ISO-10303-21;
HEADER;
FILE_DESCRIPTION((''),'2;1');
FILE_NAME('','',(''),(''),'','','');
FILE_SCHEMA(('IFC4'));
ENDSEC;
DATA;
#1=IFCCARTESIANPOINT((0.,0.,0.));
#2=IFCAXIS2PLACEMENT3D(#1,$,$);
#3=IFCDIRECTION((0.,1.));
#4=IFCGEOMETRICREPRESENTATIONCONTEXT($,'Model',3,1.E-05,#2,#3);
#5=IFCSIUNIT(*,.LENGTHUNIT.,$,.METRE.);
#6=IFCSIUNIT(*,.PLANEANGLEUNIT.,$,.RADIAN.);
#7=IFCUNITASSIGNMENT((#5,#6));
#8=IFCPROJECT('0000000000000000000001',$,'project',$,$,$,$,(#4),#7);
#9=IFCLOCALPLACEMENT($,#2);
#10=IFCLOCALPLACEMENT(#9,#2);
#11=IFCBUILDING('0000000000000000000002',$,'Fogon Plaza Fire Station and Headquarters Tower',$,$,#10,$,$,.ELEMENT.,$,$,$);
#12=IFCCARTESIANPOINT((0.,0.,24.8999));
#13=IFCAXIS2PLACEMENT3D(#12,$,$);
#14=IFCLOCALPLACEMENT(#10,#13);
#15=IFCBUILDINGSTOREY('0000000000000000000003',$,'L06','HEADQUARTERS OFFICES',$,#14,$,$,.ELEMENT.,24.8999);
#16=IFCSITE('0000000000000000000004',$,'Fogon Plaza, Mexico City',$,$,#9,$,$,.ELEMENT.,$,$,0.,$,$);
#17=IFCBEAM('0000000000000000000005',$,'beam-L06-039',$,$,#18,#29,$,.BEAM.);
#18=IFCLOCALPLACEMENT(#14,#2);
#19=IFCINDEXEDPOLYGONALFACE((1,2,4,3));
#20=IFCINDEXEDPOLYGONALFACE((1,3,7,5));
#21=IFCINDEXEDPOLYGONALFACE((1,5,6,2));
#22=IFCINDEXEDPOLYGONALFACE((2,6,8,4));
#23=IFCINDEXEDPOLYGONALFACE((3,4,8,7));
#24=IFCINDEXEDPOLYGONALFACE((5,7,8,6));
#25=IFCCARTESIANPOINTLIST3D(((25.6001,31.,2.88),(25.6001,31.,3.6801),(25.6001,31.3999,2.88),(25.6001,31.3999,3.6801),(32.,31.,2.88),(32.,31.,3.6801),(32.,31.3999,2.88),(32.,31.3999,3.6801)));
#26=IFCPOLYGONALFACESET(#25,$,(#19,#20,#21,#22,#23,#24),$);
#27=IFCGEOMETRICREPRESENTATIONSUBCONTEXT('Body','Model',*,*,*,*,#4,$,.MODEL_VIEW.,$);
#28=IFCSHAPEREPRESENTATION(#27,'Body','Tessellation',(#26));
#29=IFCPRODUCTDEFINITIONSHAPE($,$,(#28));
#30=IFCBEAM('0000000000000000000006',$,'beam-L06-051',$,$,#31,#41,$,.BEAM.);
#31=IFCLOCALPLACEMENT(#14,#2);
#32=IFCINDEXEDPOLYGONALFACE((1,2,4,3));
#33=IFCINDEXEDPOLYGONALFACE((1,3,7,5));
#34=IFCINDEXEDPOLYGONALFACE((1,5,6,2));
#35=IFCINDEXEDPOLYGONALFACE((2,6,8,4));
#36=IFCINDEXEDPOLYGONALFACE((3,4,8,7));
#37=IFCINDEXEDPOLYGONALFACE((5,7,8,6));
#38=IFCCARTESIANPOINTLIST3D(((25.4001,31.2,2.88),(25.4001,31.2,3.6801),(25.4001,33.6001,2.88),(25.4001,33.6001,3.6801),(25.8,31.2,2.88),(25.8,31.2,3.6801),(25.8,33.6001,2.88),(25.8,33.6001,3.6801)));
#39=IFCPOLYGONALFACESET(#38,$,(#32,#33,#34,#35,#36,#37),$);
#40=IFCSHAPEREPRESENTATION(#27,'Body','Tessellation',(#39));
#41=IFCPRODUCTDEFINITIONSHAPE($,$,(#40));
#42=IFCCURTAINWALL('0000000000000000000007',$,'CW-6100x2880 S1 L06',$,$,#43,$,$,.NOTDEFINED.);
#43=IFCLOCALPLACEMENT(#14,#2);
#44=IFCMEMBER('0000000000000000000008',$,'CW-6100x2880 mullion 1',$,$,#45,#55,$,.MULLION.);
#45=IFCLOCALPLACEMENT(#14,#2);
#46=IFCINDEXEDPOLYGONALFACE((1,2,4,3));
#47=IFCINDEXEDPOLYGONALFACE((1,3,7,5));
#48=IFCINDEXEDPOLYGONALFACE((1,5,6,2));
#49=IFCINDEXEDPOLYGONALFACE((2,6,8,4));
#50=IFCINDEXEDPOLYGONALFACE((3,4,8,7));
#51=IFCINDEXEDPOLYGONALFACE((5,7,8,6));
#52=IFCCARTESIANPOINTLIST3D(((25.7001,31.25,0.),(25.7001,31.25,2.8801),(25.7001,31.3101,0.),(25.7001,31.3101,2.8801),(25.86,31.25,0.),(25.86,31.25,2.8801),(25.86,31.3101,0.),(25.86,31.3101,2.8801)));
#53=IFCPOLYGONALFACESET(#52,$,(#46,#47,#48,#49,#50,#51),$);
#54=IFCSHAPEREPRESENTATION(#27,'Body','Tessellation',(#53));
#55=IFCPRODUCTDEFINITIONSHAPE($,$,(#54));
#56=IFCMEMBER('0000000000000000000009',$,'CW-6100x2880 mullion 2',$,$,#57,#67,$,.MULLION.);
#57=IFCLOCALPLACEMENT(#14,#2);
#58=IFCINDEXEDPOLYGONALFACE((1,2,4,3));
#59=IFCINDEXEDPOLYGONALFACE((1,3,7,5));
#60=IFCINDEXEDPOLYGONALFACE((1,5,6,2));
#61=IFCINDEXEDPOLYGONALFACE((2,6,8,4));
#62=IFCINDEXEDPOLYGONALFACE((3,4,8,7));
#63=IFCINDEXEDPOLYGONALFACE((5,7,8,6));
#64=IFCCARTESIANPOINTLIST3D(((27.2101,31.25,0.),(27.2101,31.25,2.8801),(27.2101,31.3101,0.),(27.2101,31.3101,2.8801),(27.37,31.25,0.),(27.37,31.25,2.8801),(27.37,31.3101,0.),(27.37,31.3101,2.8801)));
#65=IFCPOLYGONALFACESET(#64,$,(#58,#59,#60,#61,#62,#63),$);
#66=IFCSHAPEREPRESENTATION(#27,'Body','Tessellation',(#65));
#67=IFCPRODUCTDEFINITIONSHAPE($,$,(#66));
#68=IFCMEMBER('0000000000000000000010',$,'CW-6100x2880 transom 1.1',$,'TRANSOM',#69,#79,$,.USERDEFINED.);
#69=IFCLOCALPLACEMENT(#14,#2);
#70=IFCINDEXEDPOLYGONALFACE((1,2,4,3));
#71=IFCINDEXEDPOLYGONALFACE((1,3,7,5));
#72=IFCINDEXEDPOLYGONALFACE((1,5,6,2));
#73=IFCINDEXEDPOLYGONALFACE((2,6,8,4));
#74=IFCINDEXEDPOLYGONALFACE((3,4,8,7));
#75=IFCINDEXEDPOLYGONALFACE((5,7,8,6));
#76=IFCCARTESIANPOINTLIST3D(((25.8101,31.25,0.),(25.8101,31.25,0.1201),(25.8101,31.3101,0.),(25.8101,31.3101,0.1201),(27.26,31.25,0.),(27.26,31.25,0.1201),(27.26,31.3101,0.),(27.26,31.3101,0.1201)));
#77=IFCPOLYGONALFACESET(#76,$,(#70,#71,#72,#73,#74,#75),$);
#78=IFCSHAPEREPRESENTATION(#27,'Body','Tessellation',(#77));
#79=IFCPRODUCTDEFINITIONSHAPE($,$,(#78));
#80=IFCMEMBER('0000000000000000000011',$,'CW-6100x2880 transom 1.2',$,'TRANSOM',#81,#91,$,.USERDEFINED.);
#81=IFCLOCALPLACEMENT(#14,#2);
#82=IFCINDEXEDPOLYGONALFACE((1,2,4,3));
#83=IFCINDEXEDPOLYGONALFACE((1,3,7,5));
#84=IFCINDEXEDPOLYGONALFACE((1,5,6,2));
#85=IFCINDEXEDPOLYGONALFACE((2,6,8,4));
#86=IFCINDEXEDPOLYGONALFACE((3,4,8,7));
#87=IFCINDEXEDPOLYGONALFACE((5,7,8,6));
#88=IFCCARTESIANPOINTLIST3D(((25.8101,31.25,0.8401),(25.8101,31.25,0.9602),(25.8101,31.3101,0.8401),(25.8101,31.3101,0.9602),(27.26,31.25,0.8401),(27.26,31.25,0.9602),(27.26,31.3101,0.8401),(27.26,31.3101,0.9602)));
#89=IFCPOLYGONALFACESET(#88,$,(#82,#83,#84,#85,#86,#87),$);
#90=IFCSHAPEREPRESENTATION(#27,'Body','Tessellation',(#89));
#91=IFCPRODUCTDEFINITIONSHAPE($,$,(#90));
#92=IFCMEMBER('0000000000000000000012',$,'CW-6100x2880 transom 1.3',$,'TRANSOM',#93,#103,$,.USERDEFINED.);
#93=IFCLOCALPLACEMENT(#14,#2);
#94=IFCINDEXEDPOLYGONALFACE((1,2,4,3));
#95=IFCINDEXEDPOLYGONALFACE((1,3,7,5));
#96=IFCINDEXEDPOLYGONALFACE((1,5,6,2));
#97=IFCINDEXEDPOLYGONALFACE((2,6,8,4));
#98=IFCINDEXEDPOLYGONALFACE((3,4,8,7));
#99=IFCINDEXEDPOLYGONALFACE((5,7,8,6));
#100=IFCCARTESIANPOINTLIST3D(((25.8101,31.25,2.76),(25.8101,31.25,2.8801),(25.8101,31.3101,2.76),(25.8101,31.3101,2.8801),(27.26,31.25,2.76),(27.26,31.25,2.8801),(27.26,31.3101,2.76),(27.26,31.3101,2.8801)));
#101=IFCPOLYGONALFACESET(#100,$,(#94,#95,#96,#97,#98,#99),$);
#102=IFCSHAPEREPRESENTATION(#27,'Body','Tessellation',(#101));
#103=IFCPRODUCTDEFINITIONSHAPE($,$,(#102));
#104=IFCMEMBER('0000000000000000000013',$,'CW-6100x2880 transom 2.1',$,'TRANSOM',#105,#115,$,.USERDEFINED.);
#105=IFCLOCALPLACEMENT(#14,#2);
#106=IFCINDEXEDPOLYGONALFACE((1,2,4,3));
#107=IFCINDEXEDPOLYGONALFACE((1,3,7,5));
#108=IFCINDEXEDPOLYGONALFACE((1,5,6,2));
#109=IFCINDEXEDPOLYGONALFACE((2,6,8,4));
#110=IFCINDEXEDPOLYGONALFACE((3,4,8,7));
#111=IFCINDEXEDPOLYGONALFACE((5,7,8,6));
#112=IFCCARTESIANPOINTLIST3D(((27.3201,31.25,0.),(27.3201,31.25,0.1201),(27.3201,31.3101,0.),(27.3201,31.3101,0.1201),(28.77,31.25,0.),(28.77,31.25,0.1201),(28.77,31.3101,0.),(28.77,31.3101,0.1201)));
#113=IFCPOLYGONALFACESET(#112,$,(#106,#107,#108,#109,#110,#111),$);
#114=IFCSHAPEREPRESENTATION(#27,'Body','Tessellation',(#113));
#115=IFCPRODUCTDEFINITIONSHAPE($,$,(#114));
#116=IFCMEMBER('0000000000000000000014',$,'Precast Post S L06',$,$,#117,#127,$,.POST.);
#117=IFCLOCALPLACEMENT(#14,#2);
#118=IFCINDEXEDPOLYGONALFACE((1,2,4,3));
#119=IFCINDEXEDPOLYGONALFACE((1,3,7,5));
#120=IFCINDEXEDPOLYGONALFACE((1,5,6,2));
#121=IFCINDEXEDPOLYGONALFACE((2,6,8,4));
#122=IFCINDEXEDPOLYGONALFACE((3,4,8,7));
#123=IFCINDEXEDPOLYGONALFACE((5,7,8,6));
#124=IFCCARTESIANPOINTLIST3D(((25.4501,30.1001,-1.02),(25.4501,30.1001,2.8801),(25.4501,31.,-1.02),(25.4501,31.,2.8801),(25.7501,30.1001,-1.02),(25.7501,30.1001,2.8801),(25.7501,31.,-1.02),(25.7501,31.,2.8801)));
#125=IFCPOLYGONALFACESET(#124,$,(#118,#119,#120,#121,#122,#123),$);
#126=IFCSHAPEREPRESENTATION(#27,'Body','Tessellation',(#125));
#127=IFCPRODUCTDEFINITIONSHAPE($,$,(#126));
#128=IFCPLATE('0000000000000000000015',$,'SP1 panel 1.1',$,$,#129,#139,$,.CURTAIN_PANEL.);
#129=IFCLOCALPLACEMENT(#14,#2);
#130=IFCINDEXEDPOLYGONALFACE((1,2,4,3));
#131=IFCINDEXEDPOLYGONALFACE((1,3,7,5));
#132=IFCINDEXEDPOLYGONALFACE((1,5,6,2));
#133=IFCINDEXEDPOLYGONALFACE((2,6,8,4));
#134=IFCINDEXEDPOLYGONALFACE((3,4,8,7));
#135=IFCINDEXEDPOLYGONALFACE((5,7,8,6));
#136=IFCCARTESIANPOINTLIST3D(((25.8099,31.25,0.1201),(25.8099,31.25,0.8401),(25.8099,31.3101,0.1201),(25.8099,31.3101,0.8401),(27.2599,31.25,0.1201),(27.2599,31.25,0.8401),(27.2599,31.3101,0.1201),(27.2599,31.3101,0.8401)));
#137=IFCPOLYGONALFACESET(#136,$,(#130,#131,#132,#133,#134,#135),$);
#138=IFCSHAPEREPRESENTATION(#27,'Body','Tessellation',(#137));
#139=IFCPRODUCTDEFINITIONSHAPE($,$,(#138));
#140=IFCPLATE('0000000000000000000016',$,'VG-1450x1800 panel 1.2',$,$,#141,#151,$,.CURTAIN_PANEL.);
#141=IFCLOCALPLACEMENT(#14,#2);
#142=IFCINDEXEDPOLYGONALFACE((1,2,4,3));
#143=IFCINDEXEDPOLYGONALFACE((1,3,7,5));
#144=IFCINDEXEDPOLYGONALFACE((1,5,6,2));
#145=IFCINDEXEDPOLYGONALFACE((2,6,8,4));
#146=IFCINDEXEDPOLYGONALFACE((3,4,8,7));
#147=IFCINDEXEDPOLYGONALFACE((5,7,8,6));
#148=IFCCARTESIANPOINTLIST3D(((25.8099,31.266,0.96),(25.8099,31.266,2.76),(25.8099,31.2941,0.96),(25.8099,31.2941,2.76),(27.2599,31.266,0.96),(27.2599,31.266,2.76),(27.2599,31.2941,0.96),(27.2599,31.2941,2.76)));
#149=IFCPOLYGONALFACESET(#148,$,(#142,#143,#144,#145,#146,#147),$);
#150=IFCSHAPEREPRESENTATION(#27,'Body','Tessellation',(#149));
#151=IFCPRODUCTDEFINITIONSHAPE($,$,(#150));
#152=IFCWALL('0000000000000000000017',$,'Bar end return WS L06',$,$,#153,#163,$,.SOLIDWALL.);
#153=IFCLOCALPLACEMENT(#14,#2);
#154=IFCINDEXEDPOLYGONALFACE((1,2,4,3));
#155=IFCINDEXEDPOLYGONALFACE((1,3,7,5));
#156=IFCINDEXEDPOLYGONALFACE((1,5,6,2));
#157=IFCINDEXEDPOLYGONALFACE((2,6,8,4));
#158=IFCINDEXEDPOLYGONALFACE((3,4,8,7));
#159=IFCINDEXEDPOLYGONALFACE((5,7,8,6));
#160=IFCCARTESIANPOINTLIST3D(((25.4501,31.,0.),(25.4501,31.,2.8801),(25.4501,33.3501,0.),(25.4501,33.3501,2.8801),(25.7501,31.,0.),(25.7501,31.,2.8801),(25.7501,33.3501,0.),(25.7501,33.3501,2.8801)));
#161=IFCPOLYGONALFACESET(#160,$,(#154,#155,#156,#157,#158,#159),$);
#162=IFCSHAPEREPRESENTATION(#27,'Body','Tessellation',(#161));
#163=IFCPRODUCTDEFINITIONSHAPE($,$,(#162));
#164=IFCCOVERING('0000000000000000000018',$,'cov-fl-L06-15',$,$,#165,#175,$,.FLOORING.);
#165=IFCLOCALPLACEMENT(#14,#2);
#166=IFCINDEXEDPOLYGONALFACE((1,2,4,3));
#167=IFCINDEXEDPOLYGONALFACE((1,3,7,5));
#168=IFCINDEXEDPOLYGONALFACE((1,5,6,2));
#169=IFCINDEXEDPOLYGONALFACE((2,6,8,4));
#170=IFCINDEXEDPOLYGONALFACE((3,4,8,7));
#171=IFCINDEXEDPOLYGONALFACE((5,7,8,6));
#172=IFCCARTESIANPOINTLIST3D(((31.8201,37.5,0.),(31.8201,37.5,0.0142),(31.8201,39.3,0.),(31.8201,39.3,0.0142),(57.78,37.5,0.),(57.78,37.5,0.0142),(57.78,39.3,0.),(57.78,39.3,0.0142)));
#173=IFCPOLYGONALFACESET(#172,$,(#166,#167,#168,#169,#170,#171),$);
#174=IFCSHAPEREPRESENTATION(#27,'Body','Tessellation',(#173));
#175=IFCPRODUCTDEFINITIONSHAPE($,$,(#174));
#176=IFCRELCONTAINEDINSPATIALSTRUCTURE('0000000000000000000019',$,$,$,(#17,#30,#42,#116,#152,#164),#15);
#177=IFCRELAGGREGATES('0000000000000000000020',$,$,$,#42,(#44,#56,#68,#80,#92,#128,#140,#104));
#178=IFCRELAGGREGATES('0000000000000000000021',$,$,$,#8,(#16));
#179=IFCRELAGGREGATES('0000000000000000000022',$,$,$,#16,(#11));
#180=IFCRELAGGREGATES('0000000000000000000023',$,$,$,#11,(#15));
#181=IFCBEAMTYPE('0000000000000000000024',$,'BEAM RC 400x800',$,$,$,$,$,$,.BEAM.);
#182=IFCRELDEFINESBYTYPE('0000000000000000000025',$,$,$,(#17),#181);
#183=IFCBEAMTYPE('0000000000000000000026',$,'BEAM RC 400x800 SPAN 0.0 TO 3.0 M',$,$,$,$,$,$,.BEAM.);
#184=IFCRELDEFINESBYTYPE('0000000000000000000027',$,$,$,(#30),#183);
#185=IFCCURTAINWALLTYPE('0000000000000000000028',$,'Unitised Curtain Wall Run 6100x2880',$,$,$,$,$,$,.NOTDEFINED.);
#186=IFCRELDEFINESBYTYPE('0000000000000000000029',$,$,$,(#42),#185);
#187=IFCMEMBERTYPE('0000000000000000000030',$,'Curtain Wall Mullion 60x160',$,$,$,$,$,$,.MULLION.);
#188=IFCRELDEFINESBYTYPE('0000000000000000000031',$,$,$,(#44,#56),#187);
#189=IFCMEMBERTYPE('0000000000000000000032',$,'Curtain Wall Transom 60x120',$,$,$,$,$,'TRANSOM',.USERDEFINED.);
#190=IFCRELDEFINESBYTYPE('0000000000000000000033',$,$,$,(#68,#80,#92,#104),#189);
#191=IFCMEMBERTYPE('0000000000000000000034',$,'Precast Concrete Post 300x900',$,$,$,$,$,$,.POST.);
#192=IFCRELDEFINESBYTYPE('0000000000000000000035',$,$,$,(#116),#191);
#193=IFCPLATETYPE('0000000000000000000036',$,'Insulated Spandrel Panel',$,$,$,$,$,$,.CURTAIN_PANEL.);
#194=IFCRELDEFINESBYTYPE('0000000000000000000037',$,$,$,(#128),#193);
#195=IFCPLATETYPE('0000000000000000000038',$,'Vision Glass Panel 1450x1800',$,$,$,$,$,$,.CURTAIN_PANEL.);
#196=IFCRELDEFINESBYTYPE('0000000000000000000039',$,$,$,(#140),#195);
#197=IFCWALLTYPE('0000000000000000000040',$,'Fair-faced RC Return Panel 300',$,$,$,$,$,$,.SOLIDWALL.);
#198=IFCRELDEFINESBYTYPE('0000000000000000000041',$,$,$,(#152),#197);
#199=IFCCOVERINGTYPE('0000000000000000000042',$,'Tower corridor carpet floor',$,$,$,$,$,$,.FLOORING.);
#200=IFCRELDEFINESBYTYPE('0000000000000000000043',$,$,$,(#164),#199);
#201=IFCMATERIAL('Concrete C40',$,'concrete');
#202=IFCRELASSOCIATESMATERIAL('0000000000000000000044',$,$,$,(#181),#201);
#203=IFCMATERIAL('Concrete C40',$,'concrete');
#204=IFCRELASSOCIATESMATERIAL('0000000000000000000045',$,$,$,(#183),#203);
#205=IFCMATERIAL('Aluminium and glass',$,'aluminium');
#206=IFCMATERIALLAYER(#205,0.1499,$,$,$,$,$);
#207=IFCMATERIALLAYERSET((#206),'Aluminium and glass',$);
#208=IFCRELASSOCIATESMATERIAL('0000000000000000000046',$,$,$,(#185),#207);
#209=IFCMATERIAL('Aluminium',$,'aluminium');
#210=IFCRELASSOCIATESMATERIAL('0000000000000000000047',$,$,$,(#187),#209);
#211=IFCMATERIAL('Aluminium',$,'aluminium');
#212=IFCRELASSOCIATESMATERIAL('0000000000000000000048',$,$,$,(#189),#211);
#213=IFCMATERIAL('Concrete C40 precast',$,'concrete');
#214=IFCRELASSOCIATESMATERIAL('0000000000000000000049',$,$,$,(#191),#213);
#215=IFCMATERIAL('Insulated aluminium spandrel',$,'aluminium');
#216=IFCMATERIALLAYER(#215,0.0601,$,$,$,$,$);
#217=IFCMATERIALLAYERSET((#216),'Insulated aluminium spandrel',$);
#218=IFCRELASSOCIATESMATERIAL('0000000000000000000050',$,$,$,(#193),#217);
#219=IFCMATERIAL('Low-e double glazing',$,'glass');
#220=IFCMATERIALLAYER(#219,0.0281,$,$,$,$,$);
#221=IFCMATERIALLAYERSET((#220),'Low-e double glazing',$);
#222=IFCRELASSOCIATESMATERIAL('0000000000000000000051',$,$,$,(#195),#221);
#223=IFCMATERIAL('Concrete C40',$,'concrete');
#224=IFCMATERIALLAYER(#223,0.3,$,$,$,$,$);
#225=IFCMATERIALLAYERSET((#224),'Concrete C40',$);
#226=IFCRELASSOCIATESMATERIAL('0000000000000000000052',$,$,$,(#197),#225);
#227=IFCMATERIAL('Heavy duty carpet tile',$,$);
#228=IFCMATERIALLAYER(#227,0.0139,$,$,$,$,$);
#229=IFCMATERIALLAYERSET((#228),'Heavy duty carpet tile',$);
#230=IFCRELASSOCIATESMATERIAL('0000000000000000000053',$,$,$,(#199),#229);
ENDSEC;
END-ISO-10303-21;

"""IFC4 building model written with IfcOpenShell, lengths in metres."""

from ifc_helpers import new_model, si_unit, direction, frame, frame_2d, origin, origin_2d, place, context, subcontext, project, spatial, polyline, rectangle, outline, extrude, material, layer, layer_set, material_profile, profile_set, type_object, element, aggregate, save


model = new_model("IFC4")

# Units and contexts
model_context = context("Model", 3, precision=1e-05, world=origin(), true_north=direction((0.0, 1.0)))
body_context = subcontext(model_context, "Body", "Model", "MODEL_VIEW")
ifc_project = project(units=[si_unit("LENGTHUNIT", "METRE"), si_unit("PLANEANGLEUNIT", "RADIAN")], contexts=[model_context])

# Site, building, storey
site_placement = place(None, origin())
site = spatial("IfcSite", under=ifc_project, at=site_placement, Name="Fogon Plaza, Mexico City", CompositionType="ELEMENT", RefElevation=0.0)
building_placement = place(site_placement, origin())
building = spatial("IfcBuilding", under=site, at=building_placement, Name="Fogon Plaza Fire Station and Headquarters Tower", CompositionType="ELEMENT")
storey_placement = place(building_placement, frame((0.0, 0.0, 24.8999)))
storey = spatial("IfcBuildingStorey", under=building, at=storey_placement, Name="L06", Description="HEADQUARTERS OFFICES", CompositionType="ELEMENT", Elevation=24.8999)

# Beams
ifc_material_1 = material(Name="Concrete C40", Category="concrete")
ifc_material_profile_1 = material_profile(ifc_material_1, rectangle(XDim=0.3999, YDim=0.8, at=origin_2d()), Name="RC 400x800")
ifc_profile_set_1 = profile_set([ifc_material_profile_1], Name="Concrete C40")
beam_type_1 = type_object("IfcBeamType", Name="BEAM RC 400x800", PredefinedType="BEAM", material=ifc_profile_set_1)
beam_1_placement = place(storey_placement, frame((25.6001, 31.2, 3.28), z_axis=(1.0, 0.0, 0.0), x_axis=(0.0, 1.0, 0.0)))
element("IfcBeam", 1, at=beam_1_placement, inside=storey, type_object=beam_type_1, Name="beam-L06-039", PredefinedType="BEAM", context=body_context, shape_type="SweptSolid", body=[
    extrude(rectangle(XDim=0.3999, YDim=0.8, at=origin_2d()), origin(), (0.0, 0.0, 1.0), 6.3999),
])
ifc_material_2 = material(Name="Concrete C40", Category="concrete")
ifc_material_profile_2 = material_profile(ifc_material_2, rectangle(XDim=0.3999, YDim=0.8, at=origin_2d()), Name="RC 400x800")
ifc_profile_set_2 = profile_set([ifc_material_profile_2], Name="Concrete C40")
beam_type_2 = type_object("IfcBeamType", Name="BEAM RC 400x800 SPAN 0.0 TO 3.0 M", PredefinedType="BEAM", material=ifc_profile_set_2)
beam_2_placement = place(storey_placement, frame((25.6001, 31.2, 3.28), z_axis=(0.0, 1.0, 0.0), x_axis=(-1.0, 0.0, 0.0)))
element("IfcBeam", 2, at=beam_2_placement, inside=storey, type_object=beam_type_2, Name="beam-L06-051", PredefinedType="BEAM", context=body_context, shape_type="SweptSolid", body=[
    extrude(rectangle(XDim=0.3999, YDim=0.8, at=origin_2d()), origin(), (0.0, 0.0, 1.0), 2.4001),
])

# Curtain wall, members
ifc_material_3 = material(Name="Aluminium and glass", Category="aluminium")
ifc_layer_1 = layer(ifc_material_3, 0.1499)
ifc_layer_set_1 = layer_set([ifc_layer_1], Name="Aluminium and glass")
curtain_wall_type = type_object("IfcCurtainWallType", Name="Unitised Curtain Wall Run 6100x2880", PredefinedType="NOTDEFINED", material=ifc_layer_set_1)
curtain_wall_placement = place(storey_placement, origin())
curtain_wall = element("IfcCurtainWall", 3, at=curtain_wall_placement, inside=storey, type_object=curtain_wall_type, Name="CW-6100x2880 S1 L06", PredefinedType="NOTDEFINED")
ifc_material_4 = material(Name="Aluminium", Category="aluminium")
ifc_material_profile_3 = material_profile(ifc_material_4, rectangle(XDim=0.0601, YDim=0.1599, at=origin_2d()), Name="Curtain Wall Mullion 60x160")
ifc_profile_set_3 = profile_set([ifc_material_profile_3], Name="Aluminium")
member_type_1 = type_object("IfcMemberType", Name="Curtain Wall Mullion 60x160", PredefinedType="MULLION", material=ifc_profile_set_3)
member_1_placement = place(storey_placement, frame((25.78, 31.28, 0.0), z_axis=(0.0, 0.0, 1.0), x_axis=(0.0, 1.0, 0.0)))
member_1 = element("IfcMember", 4, at=member_1_placement, type_object=member_type_1, Name="CW-6100x2880 mullion 1", PredefinedType="MULLION", context=body_context, shape_type="SweptSolid", body=[
    extrude(rectangle(XDim=0.0601, YDim=0.1599, at=origin_2d()), origin(), (0.0, 0.0, 1.0), 2.8801),
])
member_2_placement = place(storey_placement, frame((27.29, 31.28, 0.0), z_axis=(0.0, 0.0, 1.0), x_axis=(0.0, 1.0, 0.0)))
member_2 = element("IfcMember", 5, at=member_2_placement, type_object=member_type_1, Name="CW-6100x2880 mullion 2", PredefinedType="MULLION", context=body_context, shape_type="SweptSolid", body=[
    extrude(rectangle(XDim=0.0601, YDim=0.1599, at=origin_2d()), origin(), (0.0, 0.0, 1.0), 2.8801),
])
ifc_material_5 = material(Name="Aluminium", Category="aluminium")
ifc_material_profile_4 = material_profile(ifc_material_5, rectangle(XDim=0.0601, YDim=0.1201, at=origin_2d()), Name="Curtain Wall Transom 60x120")
ifc_profile_set_4 = profile_set([ifc_material_profile_4], Name="Aluminium")
member_type_2 = type_object("IfcMemberType", Name="Curtain Wall Transom 60x120", ElementType="TRANSOM", PredefinedType="USERDEFINED", material=ifc_profile_set_4)
member_3_placement = place(storey_placement, frame((25.8101, 31.28, 0.0601), z_axis=(1.0, 0.0, 0.0), x_axis=(0.0, 1.0, 0.0)))
member_3 = element("IfcMember", 6, at=member_3_placement, type_object=member_type_2, Name="CW-6100x2880 transom 1.1", ObjectType="TRANSOM", PredefinedType="USERDEFINED", context=body_context, shape_type="SweptSolid", body=[
    extrude(rectangle(XDim=0.0601, YDim=0.1201, at=origin_2d()), origin(), (0.0, 0.0, 1.0), 1.45),
])
member_4_placement = place(storey_placement, frame((25.8101, 31.28, 0.9001), z_axis=(1.0, 0.0, 0.0), x_axis=(0.0, 1.0, 0.0)))
member_4 = element("IfcMember", 7, at=member_4_placement, type_object=member_type_2, Name="CW-6100x2880 transom 1.2", ObjectType="TRANSOM", PredefinedType="USERDEFINED", context=body_context, shape_type="SweptSolid", body=[
    extrude(rectangle(XDim=0.0601, YDim=0.1201, at=origin_2d()), origin(), (0.0, 0.0, 1.0), 1.45),
])
member_5_placement = place(storey_placement, frame((25.8101, 31.28, 2.8201), z_axis=(1.0, 0.0, 0.0), x_axis=(0.0, 1.0, 0.0)))
member_5 = element("IfcMember", 8, at=member_5_placement, type_object=member_type_2, Name="CW-6100x2880 transom 1.3", ObjectType="TRANSOM", PredefinedType="USERDEFINED", context=body_context, shape_type="SweptSolid", body=[
    extrude(rectangle(XDim=0.0601, YDim=0.1201, at=origin_2d()), origin(), (0.0, 0.0, 1.0), 1.45),
])
member_6_placement = place(storey_placement, frame((27.3201, 31.28, 0.0601), z_axis=(1.0, 0.0, 0.0), x_axis=(0.0, 1.0, 0.0)))
member_6 = element("IfcMember", 9, at=member_6_placement, type_object=member_type_2, Name="CW-6100x2880 transom 2.1", ObjectType="TRANSOM", PredefinedType="USERDEFINED", context=body_context, shape_type="SweptSolid", body=[
    extrude(rectangle(XDim=0.0601, YDim=0.1201, at=origin_2d()), origin(), (0.0, 0.0, 1.0), 1.45),
])

# Member
ifc_material_6 = material(Name="Concrete C40 precast", Category="concrete")
ifc_material_profile_5 = material_profile(ifc_material_6, rectangle(XDim=0.3, YDim=0.8999, at=origin_2d()), Name="Precast Concrete Post 300x900")
ifc_profile_set_5 = profile_set([ifc_material_profile_5], Name="Concrete C40 precast")
member_type_3 = type_object("IfcMemberType", Name="Precast Concrete Post 300x900", PredefinedType="POST", material=ifc_profile_set_5)
member_7_placement = place(storey_placement, frame((25.6001, 30.55, -1.02), z_axis=(0.0, 0.0, 1.0), x_axis=(1.0, 0.0, 0.0)))
element("IfcMember", 10, at=member_7_placement, inside=storey, type_object=member_type_3, Name="Precast Post S L06", PredefinedType="POST", context=body_context, shape_type="SweptSolid", body=[
    extrude(rectangle(XDim=0.3, YDim=0.8999, at=origin_2d()), origin(), (0.0, 0.0, 1.0), 3.9001),
])

# Plates
ifc_material_7 = material(Name="Insulated aluminium spandrel", Category="aluminium")
ifc_layer_2 = layer(ifc_material_7, 0.0601)
ifc_layer_set_2 = layer_set([ifc_layer_2], Name="Insulated aluminium spandrel")
plate_type_1 = type_object("IfcPlateType", Name="Insulated Spandrel Panel", PredefinedType="CURTAIN_PANEL", material=ifc_layer_set_2)
plate_1_placement = place(storey_placement, frame((26.5349, 31.28, 0.1201), z_axis=(0.0, 0.0, 1.0), x_axis=(1.0, 0.0, 0.0)))
plate_1 = element("IfcPlate", 11, at=plate_1_placement, type_object=plate_type_1, Name="SP1 panel 1.1", PredefinedType="CURTAIN_PANEL", context=body_context, shape_type="SweptSolid", body=[
    extrude(rectangle(XDim=1.45, YDim=0.0601, at=origin_2d()), origin(), (0.0, 0.0, 1.0), 0.72),
])
ifc_material_8 = material(Name="Low-e double glazing", Category="glass")
ifc_layer_3 = layer(ifc_material_8, 0.0281)
ifc_layer_set_3 = layer_set([ifc_layer_3], Name="Low-e double glazing")
plate_type_2 = type_object("IfcPlateType", Name="Vision Glass Panel 1450x1800", PredefinedType="CURTAIN_PANEL", material=ifc_layer_set_3)
plate_2_placement = place(storey_placement, frame((26.5349, 31.28, 0.96), z_axis=(0.0, 0.0, 1.0), x_axis=(1.0, 0.0, 0.0)))
plate_2 = element("IfcPlate", 12, at=plate_2_placement, type_object=plate_type_2, Name="VG-1450x1800 panel 1.2", PredefinedType="CURTAIN_PANEL", context=body_context, shape_type="SweptSolid", body=[
    extrude(rectangle(XDim=1.45, YDim=0.0281, at=origin_2d()), origin(), (0.0, 0.0, 1.0), 1.8),
])
aggregate(curtain_wall, [member_1, member_2, member_3, member_4, member_5, plate_1, plate_2, member_6])

# Wall
ifc_material_9 = material(Name="Concrete C40", Category="concrete")
ifc_layer_4 = layer(ifc_material_9, 0.3)
ifc_layer_set_4 = layer_set([ifc_layer_4], Name="Concrete C40")
wall_type = type_object("IfcWallType", Name="Fair-faced RC Return Panel 300", PredefinedType="SOLIDWALL", material=ifc_layer_set_4)
wall_placement = place(storey_placement, frame((25.6001, 31.0, 0.0), z_axis=(0.0, 0.0, 1.0), x_axis=(0.0, 1.0, 0.0)))
element("IfcWall", 13, at=wall_placement, inside=storey, type_object=wall_type, Name="Bar end return WS L06", PredefinedType="SOLIDWALL", context=body_context, shape_type="SweptSolid", body=[
    extrude(rectangle(XDim=2.3501, YDim=0.3, at=frame_2d((1.175, 0.0))), origin(), (0.0, 0.0, 1.0), 2.8801),
])

# Covering
ifc_material_10 = material(Name="Heavy duty carpet tile")
ifc_layer_5 = layer(ifc_material_10, 0.0139)
ifc_layer_set_5 = layer_set([ifc_layer_5], Name="Heavy duty carpet tile")
covering_type_1 = type_object("IfcCoveringType", Name="Tower corridor carpet floor", PredefinedType="FLOORING", material=ifc_layer_set_5)
covering_1_placement = place(storey_placement, origin())
element("IfcCovering", 14, at=covering_1_placement, inside=storey, type_object=covering_type_1, Name="cov-fl-L06-15", PredefinedType="FLOORING", context=body_context, shape_type="SweptSolid", body=[
    extrude(outline(polyline([(57.78, 37.5), (57.78, 39.3), (31.8201, 39.3), (31.8201, 37.5), (57.78, 37.5)])), origin(), (0.0, 0.0, 1.0), 0.0142),
])

save(model, "model.ifc")
